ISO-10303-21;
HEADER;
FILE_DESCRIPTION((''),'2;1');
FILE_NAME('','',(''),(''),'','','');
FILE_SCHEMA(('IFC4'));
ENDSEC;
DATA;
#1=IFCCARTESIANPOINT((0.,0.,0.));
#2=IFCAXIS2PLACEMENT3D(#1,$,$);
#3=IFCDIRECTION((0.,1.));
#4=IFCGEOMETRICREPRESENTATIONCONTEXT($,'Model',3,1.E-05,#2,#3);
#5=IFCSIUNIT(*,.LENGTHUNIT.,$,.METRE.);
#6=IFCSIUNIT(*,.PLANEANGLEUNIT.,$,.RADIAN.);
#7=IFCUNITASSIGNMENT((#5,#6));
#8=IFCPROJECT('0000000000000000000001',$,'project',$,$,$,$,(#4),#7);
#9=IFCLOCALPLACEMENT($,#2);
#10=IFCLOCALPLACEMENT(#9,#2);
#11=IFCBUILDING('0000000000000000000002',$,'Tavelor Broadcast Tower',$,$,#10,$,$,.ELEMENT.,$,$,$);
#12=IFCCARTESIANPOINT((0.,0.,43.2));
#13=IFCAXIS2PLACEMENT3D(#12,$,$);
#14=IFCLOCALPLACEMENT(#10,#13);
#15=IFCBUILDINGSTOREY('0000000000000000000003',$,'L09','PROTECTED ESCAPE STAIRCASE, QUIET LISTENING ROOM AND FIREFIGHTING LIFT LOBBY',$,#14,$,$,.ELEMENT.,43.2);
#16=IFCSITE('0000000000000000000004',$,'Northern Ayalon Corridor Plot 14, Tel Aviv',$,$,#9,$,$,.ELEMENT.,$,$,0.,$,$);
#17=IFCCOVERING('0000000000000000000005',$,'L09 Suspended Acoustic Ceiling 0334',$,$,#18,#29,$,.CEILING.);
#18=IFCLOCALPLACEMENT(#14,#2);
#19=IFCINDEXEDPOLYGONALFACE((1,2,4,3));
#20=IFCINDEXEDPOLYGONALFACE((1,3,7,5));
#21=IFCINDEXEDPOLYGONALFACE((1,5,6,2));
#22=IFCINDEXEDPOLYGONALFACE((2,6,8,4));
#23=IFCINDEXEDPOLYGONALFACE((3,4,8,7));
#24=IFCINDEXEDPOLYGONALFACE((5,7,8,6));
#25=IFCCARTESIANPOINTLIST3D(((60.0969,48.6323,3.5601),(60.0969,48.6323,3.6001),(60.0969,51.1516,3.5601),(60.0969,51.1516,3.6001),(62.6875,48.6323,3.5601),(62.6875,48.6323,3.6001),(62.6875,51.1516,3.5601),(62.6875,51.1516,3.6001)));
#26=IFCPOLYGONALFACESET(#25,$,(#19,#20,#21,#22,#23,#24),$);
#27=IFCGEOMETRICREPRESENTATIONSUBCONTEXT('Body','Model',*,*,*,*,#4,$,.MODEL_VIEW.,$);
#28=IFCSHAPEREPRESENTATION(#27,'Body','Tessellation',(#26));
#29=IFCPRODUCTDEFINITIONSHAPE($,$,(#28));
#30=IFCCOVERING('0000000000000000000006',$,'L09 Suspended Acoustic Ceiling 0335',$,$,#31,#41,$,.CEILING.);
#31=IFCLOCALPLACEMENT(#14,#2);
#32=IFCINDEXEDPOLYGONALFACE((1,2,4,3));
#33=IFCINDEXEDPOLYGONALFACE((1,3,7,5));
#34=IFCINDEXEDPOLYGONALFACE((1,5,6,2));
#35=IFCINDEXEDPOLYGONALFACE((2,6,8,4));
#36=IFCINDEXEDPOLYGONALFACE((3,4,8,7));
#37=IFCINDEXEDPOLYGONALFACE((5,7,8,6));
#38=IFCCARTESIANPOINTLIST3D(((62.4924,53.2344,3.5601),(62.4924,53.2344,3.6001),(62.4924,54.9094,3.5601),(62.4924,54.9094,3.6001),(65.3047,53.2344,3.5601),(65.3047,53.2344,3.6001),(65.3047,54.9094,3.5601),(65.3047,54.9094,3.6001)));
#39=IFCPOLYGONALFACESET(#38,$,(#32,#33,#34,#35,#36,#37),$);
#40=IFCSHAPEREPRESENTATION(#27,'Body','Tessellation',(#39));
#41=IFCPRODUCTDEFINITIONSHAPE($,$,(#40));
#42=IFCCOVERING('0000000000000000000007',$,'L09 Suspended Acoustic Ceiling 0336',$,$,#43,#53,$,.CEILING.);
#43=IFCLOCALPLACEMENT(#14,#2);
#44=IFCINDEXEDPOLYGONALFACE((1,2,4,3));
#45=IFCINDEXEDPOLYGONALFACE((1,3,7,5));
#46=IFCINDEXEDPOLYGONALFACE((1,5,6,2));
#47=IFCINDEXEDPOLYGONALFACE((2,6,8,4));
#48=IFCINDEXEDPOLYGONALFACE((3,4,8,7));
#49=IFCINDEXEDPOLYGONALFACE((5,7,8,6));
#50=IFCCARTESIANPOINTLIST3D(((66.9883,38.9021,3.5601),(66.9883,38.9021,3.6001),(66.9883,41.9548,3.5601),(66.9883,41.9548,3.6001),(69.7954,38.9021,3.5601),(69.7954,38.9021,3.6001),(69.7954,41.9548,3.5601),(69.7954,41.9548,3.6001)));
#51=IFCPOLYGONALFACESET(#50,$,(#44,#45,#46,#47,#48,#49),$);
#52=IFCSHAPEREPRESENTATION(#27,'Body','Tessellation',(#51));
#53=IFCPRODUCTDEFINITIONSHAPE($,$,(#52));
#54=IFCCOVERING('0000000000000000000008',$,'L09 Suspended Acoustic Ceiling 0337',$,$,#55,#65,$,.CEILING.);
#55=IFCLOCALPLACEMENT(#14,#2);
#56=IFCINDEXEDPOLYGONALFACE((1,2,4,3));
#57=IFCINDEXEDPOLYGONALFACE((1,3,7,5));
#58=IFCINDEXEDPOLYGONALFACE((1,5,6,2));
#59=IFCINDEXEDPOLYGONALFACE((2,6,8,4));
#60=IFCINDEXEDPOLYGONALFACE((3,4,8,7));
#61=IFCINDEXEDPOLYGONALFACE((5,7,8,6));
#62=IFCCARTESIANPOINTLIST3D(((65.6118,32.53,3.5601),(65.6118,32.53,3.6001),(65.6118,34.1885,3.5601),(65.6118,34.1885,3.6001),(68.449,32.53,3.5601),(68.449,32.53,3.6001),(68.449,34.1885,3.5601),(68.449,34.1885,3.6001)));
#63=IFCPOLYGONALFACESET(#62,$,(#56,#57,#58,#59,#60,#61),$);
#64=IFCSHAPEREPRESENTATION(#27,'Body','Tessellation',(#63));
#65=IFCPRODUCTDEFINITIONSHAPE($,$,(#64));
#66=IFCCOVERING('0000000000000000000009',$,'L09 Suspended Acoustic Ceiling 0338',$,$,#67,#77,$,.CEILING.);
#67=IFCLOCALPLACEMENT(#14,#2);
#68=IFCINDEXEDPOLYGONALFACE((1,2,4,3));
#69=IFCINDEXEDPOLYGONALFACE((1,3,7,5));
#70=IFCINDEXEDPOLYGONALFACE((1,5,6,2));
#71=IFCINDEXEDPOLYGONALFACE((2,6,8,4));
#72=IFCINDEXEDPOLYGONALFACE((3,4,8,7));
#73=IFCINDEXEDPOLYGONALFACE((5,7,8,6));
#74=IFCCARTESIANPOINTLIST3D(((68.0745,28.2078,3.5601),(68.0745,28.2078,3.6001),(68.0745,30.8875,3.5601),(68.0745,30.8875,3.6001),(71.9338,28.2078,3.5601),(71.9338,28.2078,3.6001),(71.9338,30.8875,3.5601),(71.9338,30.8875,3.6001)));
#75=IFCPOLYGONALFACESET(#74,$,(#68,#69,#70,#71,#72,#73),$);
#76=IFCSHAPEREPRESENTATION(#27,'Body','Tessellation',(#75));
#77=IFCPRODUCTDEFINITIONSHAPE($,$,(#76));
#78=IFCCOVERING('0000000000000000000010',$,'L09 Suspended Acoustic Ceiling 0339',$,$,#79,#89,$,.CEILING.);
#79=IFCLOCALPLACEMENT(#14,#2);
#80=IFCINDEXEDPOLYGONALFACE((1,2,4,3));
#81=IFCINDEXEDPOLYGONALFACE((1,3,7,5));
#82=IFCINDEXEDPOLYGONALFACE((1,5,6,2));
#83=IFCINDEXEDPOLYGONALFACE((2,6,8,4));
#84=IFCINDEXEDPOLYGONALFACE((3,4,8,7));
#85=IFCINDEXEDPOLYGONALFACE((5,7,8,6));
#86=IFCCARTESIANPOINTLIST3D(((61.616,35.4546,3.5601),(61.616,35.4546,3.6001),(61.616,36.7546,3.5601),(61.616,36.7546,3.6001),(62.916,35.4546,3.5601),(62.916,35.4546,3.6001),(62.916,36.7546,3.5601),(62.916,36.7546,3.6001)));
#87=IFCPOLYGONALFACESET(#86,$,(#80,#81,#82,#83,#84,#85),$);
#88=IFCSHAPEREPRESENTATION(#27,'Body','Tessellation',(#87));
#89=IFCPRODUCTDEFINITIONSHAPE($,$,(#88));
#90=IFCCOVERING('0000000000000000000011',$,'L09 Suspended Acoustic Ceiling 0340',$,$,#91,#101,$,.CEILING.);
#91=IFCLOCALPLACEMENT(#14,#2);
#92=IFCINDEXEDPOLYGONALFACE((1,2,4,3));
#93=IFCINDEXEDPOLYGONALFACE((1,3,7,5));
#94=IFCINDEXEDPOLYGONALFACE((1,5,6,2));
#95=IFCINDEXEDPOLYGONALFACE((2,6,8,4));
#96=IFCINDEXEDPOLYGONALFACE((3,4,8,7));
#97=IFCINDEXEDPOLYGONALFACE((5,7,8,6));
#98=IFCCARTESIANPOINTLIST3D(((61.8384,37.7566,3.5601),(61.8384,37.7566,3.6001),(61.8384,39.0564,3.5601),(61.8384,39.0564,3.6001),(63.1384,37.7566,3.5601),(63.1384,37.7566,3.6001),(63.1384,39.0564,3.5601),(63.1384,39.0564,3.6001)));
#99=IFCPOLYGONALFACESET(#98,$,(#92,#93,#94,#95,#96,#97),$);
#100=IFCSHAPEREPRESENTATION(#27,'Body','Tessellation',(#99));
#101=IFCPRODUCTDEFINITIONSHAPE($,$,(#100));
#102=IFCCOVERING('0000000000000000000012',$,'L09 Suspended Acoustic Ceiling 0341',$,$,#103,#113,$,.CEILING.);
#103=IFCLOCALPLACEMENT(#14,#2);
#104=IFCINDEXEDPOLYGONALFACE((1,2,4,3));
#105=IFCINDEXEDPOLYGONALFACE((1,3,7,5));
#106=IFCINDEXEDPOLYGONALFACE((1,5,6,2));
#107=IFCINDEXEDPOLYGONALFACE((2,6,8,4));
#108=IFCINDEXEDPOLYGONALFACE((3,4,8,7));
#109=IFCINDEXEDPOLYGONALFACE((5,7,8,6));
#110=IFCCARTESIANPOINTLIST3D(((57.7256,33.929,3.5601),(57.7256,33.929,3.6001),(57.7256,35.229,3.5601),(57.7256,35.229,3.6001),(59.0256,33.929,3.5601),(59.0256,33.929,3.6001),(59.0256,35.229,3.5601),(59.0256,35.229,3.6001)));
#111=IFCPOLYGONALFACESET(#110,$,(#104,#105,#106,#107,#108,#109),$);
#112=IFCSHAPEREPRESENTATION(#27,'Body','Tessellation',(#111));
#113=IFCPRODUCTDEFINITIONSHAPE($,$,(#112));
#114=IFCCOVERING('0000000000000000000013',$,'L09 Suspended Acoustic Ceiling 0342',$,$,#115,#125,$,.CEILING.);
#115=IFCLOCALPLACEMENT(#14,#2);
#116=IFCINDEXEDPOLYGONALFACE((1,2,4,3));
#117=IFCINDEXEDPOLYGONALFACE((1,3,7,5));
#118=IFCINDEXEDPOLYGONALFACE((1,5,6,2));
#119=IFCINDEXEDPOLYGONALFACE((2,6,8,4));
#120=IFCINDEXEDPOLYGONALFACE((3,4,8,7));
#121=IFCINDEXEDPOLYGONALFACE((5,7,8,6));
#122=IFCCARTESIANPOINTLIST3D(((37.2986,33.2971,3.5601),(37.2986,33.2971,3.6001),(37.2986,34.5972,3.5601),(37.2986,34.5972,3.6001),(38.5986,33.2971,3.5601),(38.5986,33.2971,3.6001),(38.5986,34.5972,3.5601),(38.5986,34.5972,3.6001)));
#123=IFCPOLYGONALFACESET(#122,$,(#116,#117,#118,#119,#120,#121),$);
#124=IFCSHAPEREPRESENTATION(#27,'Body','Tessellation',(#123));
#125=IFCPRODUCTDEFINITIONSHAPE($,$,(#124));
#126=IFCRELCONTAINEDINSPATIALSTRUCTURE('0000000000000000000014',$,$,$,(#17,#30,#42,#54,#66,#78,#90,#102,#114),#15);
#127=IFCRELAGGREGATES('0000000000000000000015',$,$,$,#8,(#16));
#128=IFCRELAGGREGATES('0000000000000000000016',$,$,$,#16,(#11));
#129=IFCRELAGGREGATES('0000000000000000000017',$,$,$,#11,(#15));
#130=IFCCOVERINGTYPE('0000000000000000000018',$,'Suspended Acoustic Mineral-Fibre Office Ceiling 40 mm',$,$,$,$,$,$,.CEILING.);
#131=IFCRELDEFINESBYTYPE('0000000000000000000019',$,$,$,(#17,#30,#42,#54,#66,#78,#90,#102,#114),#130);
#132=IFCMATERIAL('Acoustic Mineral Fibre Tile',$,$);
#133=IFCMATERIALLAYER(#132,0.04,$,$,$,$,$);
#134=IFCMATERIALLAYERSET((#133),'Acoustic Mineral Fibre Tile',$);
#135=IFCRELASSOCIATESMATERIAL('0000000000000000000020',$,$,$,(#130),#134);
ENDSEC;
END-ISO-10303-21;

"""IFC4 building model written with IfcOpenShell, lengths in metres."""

from ifc_helpers import new_model, si_unit, direction, frame, origin, place, context, subcontext, project, spatial, polyline, outline, extrude, material, layer, layer_set, type_object, element, save


model = new_model("IFC4")

# Units and contexts
model_context = context("Model", 3, precision=1e-05, world=origin(), true_north=direction((0.0, 1.0)))
body_context = subcontext(model_context, "Body", "Model", "MODEL_VIEW")
ifc_project = project(units=[si_unit("LENGTHUNIT", "METRE"), si_unit("PLANEANGLEUNIT", "RADIAN")], contexts=[model_context])

# Site, building, storey
site_placement = place(None, origin())
site = spatial("IfcSite", under=ifc_project, at=site_placement, Name="Northern Ayalon Corridor Plot 14, Tel Aviv", CompositionType="ELEMENT", RefElevation=0.0)
building_placement = place(site_placement, origin())
building = spatial("IfcBuilding", under=site, at=building_placement, Name="Tavelor Broadcast Tower", CompositionType="ELEMENT")
storey_placement = place(building_placement, frame((0.0, 0.0, 43.2)))
storey = spatial("IfcBuildingStorey", under=building, at=storey_placement, Name="L09", Description="PROTECTED ESCAPE STAIRCASE, QUIET LISTENING ROOM AND FIREFIGHTING LIFT LOBBY", CompositionType="ELEMENT", Elevation=43.2)

# Coverings
ifc_material_1 = material(Name="Acoustic Mineral Fibre Tile")
ifc_layer_1 = layer(ifc_material_1, 0.04)
ifc_layer_set_1 = layer_set([ifc_layer_1], Name="Acoustic Mineral Fibre Tile")
covering_type_1 = type_object("IfcCoveringType", Name="Suspended Acoustic Mineral-Fibre Office Ceiling 40 mm", PredefinedType="CEILING", material=ifc_layer_set_1)
covering_1_placement = place(storey_placement, frame((0.0, 0.0, 3.5601)))
element("IfcCovering", 1, at=covering_1_placement, inside=storey, type_object=covering_type_1, Name="L09 Suspended Acoustic Ceiling 0334", PredefinedType="CEILING", context=body_context, shape_type="SweptSolid", body=[
    extrude(outline(polyline([(60.0969, 48.6323), (62.6875, 48.6323), (62.6875, 51.1516), (60.0969, 51.1516), (60.0969, 48.6323)])), origin(), (0.0, 0.0, 1.0), 0.04),
])
covering_2_placement = place(storey_placement, frame((0.0, 0.0, 3.5601)))
element("IfcCovering", 2, at=covering_2_placement, inside=storey, type_object=covering_type_1, Name="L09 Suspended Acoustic Ceiling 0335", PredefinedType="CEILING", context=body_context, shape_type="SweptSolid", body=[
    extrude(outline(polyline([(62.4924, 53.2344), (65.3047, 53.2344), (65.3047, 54.9094), (62.4924, 54.9094), (62.4924, 53.2344)])), origin(), (0.0, 0.0, 1.0), 0.04),
])
covering_3_placement = place(storey_placement, frame((0.0, 0.0, 3.5601)))
element("IfcCovering", 3, at=covering_3_placement, inside=storey, type_object=covering_type_1, Name="L09 Suspended Acoustic Ceiling 0336", PredefinedType="CEILING", context=body_context, shape_type="SweptSolid", body=[
    extrude(outline(polyline([(66.9883, 38.9021), (69.7954, 38.9021), (69.7954, 41.9548), (66.9883, 41.9548), (66.9883, 38.9021)])), origin(), (0.0, 0.0, 1.0), 0.04),
])
covering_4_placement = place(storey_placement, frame((0.0, 0.0, 3.5601)))
element("IfcCovering", 4, at=covering_4_placement, inside=storey, type_object=covering_type_1, Name="L09 Suspended Acoustic Ceiling 0337", PredefinedType="CEILING", context=body_context, shape_type="SweptSolid", body=[
    extrude(outline(polyline([(65.6118, 32.53), (68.449, 32.53), (68.449, 34.1885), (65.6118, 34.1885), (65.6118, 32.53)])), origin(), (0.0, 0.0, 1.0), 0.04),
])
covering_5_placement = place(storey_placement, frame((0.0, 0.0, 3.5601)))
element("IfcCovering", 5, at=covering_5_placement, inside=storey, type_object=covering_type_1, Name="L09 Suspended Acoustic Ceiling 0338", PredefinedType="CEILING", context=body_context, shape_type="SweptSolid", body=[
    extrude(outline(polyline([(68.0745, 28.2078), (71.9338, 28.2078), (71.9338, 30.8875), (68.0745, 30.8875), (68.0745, 28.2078)])), origin(), (0.0, 0.0, 1.0), 0.04),
])
covering_6_placement = place(storey_placement, frame((0.0, 0.0, 3.5601)))
element("IfcCovering", 6, at=covering_6_placement, inside=storey, type_object=covering_type_1, Name="L09 Suspended Acoustic Ceiling 0339", PredefinedType="CEILING", context=body_context, shape_type="SweptSolid", body=[
    extrude(outline(polyline([(61.616, 35.4546), (62.916, 35.4546), (62.916, 36.7546), (61.616, 36.7546), (61.616, 35.4546)])), origin(), (0.0, 0.0, 1.0), 0.04),
])
covering_7_placement = place(storey_placement, frame((0.0, 0.0, 3.5601)))
element("IfcCovering", 7, at=covering_7_placement, inside=storey, type_object=covering_type_1, Name="L09 Suspended Acoustic Ceiling 0340", PredefinedType="CEILING", context=body_context, shape_type="SweptSolid", body=[
    extrude(outline(polyline([(61.8384, 37.7566), (63.1384, 37.7566), (63.1384, 39.0564), (61.8384, 39.0564), (61.8384, 37.7566)])), origin(), (0.0, 0.0, 1.0), 0.04),
])
covering_8_placement = place(storey_placement, frame((0.0, 0.0, 3.5601)))
element("IfcCovering", 8, at=covering_8_placement, inside=storey, type_object=covering_type_1, Name="L09 Suspended Acoustic Ceiling 0341", PredefinedType="CEILING", context=body_context, shape_type="SweptSolid", body=[
    extrude(outline(polyline([(57.7256, 33.929), (59.0256, 33.929), (59.0256, 35.229), (57.7256, 35.229), (57.7256, 33.929)])), origin(), (0.0, 0.0, 1.0), 0.04),
])
covering_9_placement = place(storey_placement, frame((0.0, 0.0, 3.5601)))
element("IfcCovering", 9, at=covering_9_placement, inside=storey, type_object=covering_type_1, Name="L09 Suspended Acoustic Ceiling 0342", PredefinedType="CEILING", context=body_context, shape_type="SweptSolid", body=[
    extrude(outline(polyline([(37.2986, 33.2971), (38.5986, 33.2971), (38.5986, 34.5972), (37.2986, 34.5972), (37.2986, 33.2971)])), origin(), (0.0, 0.0, 1.0), 0.04),
])

save(model, "model.ifc")
